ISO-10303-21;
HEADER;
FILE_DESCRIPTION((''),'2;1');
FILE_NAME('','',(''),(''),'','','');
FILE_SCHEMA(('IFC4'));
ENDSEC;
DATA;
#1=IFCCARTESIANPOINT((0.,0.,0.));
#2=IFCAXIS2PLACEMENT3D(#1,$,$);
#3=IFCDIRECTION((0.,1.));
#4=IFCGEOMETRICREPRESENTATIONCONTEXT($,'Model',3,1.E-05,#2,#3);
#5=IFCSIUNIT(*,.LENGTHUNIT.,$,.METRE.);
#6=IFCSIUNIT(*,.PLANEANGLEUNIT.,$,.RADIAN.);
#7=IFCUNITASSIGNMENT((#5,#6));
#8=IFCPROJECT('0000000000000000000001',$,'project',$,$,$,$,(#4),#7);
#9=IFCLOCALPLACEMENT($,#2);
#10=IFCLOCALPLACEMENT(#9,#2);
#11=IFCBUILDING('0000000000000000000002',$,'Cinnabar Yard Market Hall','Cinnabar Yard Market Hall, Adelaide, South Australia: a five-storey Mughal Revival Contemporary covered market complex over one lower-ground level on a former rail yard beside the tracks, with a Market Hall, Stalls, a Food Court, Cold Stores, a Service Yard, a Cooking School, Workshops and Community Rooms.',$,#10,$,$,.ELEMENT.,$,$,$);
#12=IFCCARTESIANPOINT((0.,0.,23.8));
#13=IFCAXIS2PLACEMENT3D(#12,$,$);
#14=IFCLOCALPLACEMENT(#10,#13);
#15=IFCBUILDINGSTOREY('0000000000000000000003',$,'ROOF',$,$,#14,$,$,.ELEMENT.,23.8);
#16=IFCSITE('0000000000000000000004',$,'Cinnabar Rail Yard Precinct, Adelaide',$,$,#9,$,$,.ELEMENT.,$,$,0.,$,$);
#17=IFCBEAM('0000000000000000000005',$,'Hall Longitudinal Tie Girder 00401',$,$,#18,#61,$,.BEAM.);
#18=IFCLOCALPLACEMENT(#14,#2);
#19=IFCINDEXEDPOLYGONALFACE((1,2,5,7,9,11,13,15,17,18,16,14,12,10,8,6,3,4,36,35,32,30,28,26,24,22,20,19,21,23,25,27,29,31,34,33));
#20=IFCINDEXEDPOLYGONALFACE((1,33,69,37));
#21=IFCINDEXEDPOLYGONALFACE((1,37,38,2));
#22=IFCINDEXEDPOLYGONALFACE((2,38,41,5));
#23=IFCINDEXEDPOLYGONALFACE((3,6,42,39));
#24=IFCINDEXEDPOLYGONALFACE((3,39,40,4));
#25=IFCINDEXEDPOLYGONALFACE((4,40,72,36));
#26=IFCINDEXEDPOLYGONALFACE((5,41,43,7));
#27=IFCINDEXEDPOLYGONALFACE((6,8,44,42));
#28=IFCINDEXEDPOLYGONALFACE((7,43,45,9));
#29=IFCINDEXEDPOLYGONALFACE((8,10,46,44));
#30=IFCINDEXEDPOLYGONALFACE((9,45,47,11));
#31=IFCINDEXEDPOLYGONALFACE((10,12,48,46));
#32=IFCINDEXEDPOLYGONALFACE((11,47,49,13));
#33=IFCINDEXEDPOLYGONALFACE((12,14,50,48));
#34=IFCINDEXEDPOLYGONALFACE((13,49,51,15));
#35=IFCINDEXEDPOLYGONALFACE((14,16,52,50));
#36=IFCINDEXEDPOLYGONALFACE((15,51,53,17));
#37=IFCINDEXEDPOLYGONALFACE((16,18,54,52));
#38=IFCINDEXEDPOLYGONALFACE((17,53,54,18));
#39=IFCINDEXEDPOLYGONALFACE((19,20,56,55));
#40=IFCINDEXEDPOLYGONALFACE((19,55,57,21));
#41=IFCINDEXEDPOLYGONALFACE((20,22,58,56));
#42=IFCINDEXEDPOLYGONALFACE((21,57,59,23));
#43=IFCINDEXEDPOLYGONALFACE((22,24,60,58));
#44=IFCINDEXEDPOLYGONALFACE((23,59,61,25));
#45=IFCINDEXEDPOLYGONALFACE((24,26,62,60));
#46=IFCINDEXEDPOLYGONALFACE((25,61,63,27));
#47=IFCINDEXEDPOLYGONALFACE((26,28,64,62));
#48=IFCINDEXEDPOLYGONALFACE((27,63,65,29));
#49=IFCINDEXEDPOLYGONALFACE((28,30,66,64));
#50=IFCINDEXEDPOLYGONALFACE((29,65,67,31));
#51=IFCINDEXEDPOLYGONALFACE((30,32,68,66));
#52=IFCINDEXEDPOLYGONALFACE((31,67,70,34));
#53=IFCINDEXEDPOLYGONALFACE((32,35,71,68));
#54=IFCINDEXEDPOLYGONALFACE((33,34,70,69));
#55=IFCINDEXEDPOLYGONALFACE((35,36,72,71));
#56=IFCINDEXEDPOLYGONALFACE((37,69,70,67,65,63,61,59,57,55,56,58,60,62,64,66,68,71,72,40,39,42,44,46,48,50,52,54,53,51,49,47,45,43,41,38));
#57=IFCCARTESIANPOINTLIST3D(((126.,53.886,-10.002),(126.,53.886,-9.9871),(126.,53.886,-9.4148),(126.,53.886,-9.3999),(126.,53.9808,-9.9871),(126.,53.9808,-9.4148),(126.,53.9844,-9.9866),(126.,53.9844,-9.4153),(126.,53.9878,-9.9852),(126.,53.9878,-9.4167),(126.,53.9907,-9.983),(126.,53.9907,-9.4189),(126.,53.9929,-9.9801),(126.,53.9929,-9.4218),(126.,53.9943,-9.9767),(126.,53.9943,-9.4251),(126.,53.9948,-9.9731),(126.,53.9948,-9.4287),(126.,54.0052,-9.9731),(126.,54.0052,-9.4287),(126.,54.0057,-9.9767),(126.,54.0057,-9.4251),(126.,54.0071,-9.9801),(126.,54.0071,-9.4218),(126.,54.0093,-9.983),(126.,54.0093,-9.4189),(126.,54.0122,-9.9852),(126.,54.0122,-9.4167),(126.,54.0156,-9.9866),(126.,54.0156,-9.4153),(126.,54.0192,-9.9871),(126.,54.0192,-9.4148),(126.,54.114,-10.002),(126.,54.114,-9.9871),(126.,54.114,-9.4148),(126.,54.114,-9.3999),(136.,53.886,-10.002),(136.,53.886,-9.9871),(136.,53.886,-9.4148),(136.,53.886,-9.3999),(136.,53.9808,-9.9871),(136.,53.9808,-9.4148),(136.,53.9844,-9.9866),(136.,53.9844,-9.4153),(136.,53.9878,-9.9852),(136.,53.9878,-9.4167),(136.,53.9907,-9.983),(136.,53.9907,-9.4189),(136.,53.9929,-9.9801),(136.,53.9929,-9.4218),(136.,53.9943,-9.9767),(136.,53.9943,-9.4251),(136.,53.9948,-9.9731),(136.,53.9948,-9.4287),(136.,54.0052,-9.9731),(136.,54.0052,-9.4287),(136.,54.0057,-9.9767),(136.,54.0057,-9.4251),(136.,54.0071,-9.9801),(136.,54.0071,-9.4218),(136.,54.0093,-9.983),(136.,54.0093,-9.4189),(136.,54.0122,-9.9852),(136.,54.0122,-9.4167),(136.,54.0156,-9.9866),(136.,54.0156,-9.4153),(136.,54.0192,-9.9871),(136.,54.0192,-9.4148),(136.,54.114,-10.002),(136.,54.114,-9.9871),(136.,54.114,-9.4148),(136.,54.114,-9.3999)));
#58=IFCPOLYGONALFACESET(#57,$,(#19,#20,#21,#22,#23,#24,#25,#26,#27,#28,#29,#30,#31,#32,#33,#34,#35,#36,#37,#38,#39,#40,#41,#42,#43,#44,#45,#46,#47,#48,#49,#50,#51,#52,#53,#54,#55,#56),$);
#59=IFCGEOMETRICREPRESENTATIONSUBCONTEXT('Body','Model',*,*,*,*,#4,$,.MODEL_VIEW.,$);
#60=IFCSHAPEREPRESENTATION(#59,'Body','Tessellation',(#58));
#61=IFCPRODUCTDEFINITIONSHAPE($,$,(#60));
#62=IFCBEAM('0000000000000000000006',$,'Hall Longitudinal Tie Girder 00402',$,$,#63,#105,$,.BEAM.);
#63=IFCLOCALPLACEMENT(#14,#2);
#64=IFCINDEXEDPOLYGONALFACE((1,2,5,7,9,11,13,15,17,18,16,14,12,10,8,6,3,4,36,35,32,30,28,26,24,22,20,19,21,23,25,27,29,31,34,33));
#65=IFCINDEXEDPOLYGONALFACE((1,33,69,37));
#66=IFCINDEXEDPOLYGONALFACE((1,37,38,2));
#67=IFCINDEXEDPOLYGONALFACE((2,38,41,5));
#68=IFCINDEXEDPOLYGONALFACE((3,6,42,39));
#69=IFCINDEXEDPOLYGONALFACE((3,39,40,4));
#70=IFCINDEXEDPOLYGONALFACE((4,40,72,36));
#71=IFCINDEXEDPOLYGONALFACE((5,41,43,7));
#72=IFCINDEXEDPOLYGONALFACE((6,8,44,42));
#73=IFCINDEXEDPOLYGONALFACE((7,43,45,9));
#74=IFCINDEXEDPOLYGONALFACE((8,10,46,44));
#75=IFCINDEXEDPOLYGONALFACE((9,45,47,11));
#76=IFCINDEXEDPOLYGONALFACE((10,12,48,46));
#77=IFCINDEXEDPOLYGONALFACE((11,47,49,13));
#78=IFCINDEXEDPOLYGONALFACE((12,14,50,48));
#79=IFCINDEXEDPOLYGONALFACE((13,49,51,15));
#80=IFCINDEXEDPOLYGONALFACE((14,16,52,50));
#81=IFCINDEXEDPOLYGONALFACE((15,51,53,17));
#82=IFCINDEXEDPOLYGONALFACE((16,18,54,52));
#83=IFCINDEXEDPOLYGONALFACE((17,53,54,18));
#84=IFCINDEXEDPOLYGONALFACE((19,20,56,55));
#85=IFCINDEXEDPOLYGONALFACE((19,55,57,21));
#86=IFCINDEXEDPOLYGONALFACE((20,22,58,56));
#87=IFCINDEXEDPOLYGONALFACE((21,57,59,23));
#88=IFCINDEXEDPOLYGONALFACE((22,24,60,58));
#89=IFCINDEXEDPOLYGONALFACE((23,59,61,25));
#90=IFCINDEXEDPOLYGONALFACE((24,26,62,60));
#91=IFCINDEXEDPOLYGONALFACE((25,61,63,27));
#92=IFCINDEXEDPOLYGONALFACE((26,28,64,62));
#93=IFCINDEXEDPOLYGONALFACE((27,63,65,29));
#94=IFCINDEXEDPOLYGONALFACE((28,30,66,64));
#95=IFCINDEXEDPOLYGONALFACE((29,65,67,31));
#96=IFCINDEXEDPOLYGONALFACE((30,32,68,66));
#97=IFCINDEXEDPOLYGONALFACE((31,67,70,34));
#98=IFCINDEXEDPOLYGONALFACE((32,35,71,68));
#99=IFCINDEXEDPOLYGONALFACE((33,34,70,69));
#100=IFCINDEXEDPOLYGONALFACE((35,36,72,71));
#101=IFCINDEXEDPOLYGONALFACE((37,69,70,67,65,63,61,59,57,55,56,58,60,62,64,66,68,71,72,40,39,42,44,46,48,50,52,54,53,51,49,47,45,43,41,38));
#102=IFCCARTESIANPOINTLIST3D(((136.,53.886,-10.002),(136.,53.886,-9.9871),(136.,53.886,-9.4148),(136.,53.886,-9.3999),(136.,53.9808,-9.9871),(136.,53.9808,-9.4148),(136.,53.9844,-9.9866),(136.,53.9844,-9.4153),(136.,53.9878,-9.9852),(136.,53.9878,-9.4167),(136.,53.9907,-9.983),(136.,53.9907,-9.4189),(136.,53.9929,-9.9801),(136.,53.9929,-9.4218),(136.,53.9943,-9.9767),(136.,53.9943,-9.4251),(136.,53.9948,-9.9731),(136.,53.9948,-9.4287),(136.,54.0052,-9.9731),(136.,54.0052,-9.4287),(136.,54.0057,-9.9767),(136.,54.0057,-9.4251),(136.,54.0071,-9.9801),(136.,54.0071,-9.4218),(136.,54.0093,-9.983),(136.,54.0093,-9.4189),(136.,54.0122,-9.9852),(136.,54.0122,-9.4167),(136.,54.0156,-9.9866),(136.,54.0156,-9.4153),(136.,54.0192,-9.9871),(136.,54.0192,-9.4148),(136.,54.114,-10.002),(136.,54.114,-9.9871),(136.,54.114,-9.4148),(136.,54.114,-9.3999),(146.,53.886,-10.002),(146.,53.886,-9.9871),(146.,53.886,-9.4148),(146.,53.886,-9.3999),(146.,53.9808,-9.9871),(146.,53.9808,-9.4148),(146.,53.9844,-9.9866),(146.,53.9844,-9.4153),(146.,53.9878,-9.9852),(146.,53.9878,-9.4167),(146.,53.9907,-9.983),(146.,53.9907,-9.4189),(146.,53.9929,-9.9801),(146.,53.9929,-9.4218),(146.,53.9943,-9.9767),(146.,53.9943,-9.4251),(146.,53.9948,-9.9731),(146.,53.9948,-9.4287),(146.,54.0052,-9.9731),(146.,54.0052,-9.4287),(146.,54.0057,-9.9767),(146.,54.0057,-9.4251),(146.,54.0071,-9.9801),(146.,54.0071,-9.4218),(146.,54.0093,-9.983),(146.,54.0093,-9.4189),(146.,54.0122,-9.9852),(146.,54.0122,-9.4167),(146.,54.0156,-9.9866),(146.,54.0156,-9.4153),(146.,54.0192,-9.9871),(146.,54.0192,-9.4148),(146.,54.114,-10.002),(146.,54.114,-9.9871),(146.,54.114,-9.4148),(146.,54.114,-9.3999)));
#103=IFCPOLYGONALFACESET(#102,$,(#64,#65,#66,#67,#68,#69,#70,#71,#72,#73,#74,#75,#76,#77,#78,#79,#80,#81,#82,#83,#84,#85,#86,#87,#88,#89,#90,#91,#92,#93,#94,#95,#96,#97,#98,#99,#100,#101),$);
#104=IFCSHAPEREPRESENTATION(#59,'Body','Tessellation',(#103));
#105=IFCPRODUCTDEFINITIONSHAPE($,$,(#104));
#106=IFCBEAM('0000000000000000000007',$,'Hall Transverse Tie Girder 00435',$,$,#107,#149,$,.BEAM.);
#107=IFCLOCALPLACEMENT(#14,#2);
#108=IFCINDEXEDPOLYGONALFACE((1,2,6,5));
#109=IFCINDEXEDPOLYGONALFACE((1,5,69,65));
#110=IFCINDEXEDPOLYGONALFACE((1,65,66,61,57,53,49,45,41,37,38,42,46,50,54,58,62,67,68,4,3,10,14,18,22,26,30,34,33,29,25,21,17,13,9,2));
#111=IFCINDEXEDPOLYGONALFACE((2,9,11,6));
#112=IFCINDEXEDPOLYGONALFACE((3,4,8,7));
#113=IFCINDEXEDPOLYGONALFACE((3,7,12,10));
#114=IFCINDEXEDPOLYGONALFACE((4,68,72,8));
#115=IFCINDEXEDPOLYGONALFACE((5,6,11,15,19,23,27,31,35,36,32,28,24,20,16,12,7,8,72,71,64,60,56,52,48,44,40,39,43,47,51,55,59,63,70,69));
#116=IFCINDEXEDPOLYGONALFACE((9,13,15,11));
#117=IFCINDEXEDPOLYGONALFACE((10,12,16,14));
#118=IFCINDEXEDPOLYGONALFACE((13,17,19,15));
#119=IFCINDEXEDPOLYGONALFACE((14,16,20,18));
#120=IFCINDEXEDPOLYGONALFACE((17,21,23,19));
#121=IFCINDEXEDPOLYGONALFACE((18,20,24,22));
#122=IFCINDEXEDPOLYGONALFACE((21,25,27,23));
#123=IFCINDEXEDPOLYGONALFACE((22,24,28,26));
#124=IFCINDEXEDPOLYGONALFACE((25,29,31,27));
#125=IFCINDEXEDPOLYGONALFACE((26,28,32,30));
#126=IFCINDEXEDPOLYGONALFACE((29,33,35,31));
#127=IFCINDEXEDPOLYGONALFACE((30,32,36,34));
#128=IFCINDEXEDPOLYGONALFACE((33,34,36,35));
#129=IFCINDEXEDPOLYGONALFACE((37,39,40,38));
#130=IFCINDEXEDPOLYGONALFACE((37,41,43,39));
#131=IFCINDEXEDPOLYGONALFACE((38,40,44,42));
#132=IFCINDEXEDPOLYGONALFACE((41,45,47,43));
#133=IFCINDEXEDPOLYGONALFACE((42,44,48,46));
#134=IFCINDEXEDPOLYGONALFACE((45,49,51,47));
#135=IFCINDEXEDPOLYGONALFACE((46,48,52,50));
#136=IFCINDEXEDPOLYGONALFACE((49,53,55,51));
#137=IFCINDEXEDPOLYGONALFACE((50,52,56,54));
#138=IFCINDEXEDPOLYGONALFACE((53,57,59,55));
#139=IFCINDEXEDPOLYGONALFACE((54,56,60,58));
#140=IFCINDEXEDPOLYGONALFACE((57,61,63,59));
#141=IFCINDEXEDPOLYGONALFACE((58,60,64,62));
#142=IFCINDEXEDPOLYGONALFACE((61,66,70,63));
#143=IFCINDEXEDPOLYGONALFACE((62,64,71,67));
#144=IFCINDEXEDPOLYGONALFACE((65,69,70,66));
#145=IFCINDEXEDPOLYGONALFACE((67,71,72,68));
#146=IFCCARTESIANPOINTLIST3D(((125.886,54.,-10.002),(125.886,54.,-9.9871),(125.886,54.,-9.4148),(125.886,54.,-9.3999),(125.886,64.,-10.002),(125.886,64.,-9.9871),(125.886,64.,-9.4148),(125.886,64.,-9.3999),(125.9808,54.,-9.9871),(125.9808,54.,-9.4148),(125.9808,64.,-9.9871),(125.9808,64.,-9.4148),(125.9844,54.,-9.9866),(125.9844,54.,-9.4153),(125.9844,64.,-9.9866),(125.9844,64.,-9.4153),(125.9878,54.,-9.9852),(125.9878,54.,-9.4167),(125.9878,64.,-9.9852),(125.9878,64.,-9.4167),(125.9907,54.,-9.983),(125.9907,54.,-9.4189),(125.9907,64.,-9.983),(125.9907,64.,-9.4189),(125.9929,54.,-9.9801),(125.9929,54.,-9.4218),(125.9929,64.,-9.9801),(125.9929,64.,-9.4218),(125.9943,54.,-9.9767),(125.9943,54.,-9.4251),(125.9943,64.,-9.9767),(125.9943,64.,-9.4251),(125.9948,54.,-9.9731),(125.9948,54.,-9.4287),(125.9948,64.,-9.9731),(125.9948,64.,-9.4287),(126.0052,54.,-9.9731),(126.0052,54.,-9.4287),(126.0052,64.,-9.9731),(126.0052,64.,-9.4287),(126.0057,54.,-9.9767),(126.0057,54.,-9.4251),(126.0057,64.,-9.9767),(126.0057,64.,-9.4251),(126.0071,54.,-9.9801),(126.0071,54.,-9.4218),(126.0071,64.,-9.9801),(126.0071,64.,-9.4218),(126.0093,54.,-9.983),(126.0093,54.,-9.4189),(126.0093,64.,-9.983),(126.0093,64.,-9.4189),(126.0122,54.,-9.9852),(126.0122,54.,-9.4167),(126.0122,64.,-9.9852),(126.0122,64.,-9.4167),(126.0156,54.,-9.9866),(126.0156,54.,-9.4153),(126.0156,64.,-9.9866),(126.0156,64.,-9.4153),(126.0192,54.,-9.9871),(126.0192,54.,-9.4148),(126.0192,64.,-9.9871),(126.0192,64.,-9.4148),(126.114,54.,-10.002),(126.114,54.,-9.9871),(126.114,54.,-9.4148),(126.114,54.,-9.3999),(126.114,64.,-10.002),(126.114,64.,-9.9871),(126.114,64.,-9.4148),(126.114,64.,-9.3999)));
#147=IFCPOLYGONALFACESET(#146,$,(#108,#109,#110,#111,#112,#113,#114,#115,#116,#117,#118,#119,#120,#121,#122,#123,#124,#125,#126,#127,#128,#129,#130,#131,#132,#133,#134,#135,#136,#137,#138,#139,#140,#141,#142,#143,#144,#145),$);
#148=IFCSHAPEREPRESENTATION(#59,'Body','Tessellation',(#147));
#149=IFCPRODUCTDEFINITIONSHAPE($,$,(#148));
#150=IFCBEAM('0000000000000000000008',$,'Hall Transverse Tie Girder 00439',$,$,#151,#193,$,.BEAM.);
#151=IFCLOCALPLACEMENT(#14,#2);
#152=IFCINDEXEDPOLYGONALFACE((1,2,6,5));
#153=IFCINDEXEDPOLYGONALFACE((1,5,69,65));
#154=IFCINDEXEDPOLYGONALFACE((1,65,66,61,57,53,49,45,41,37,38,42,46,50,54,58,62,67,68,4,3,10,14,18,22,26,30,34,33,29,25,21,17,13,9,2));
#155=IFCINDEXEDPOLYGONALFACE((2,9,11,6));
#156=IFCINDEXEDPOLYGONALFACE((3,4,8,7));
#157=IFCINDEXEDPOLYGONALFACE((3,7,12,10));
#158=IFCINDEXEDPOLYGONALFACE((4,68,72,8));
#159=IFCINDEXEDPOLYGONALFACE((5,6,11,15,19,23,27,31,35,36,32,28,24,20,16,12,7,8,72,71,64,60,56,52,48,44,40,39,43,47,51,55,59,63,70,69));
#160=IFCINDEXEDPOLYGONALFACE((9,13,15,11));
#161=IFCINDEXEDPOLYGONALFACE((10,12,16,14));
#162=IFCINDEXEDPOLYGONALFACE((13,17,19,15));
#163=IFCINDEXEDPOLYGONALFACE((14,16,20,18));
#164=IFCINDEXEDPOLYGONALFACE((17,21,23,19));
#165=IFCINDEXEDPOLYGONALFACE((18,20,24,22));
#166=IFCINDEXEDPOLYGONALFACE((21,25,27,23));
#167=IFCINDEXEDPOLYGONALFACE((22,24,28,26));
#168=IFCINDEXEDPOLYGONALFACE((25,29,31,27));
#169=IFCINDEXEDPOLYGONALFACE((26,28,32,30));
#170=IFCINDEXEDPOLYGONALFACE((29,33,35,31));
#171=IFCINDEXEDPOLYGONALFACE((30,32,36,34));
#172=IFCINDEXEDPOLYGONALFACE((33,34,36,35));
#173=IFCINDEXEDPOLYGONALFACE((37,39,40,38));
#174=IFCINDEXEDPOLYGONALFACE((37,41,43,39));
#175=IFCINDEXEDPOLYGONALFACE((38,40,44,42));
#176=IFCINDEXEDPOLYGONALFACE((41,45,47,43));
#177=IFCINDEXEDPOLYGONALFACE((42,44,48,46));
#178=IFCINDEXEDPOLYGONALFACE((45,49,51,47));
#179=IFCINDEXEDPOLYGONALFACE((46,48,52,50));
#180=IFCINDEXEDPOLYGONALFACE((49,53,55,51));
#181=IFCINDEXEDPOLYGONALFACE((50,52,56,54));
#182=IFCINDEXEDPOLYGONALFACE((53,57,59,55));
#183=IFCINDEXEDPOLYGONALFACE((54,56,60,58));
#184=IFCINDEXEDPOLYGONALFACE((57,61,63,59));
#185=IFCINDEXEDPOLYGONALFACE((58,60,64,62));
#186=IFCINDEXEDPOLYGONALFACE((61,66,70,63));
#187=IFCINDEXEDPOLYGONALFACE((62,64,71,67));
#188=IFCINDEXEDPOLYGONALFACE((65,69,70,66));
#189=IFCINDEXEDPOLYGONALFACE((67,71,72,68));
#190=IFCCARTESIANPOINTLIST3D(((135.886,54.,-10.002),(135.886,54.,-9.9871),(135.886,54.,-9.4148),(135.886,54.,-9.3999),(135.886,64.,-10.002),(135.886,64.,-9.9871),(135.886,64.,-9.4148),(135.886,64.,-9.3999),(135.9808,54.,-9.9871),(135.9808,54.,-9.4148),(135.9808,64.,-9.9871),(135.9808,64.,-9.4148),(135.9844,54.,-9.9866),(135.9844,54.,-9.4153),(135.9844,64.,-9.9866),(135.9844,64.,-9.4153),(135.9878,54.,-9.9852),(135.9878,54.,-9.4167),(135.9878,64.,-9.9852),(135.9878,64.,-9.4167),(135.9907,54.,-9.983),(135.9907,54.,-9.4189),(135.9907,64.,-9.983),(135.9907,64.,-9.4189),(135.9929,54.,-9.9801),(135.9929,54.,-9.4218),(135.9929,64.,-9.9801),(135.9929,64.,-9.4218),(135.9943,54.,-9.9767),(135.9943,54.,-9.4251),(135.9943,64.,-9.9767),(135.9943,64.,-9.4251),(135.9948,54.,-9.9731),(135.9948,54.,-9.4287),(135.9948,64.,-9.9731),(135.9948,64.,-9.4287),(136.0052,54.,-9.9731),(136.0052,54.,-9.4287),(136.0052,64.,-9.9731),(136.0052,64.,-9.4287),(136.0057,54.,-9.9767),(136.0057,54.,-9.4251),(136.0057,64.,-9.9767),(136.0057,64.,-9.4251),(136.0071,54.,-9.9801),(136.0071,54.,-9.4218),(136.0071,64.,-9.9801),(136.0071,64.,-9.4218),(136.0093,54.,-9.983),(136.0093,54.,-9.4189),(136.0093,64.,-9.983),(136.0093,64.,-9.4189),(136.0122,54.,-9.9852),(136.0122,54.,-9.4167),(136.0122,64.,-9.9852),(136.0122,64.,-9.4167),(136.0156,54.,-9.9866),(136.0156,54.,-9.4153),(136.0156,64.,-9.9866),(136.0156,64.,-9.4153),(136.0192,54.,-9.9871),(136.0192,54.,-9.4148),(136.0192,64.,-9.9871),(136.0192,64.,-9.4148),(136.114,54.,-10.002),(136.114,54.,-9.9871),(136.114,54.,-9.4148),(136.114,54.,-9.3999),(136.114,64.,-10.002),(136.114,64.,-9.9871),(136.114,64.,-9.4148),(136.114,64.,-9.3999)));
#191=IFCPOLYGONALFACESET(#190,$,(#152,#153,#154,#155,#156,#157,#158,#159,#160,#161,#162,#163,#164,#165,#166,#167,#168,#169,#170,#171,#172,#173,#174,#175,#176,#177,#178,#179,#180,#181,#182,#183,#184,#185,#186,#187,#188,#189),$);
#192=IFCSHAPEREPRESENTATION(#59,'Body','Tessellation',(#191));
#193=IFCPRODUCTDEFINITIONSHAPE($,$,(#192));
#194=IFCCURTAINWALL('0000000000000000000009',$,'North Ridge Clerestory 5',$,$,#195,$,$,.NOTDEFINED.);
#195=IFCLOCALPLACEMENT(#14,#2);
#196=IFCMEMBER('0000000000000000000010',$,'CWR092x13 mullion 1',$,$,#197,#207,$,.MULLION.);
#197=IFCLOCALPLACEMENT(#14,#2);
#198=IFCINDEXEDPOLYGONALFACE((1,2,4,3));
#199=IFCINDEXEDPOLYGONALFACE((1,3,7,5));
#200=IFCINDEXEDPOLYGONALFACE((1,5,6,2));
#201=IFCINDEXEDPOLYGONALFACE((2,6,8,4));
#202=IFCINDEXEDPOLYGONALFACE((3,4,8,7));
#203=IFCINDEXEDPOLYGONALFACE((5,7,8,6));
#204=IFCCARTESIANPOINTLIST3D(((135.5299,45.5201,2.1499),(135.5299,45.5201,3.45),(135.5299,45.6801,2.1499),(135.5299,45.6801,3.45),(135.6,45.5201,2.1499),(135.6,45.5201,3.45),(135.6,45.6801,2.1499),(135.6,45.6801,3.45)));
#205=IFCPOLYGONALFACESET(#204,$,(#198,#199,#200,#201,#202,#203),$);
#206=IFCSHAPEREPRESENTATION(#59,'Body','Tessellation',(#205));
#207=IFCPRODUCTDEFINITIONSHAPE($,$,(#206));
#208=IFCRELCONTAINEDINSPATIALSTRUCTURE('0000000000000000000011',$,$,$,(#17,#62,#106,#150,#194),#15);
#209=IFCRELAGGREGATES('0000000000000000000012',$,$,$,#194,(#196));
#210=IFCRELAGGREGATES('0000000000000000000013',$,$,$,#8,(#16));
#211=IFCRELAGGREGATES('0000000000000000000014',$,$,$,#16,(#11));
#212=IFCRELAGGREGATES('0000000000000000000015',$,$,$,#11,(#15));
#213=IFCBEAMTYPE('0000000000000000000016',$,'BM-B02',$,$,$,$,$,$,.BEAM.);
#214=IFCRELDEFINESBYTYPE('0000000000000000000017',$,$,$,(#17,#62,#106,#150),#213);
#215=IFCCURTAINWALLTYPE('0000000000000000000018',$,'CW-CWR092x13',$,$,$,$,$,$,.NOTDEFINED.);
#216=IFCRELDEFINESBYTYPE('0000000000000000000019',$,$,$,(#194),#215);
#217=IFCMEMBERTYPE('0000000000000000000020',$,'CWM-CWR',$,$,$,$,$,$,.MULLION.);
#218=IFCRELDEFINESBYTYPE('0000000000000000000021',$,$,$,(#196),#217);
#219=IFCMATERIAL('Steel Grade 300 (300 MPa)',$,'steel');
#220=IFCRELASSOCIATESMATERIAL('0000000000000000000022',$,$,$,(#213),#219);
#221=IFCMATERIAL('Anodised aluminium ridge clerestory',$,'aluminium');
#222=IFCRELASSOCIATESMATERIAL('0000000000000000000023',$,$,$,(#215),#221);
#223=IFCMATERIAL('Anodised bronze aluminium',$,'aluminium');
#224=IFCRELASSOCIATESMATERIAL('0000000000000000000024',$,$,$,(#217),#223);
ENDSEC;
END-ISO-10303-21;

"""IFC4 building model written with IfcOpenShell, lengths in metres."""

from ifc_helpers import new_model, si_unit, direction, frame, origin, origin_2d_with_axis, place, context, subcontext, project, spatial, rectangle, i_section, extrude, material, material_profile, profile_set, type_object, element, aggregate, save


model = new_model("IFC4")

# Units and contexts
model_context = context("Model", 3, precision=1e-05, world=origin(), true_north=direction((0.0, 1.0)))
body_context = subcontext(model_context, "Body", "Model", "MODEL_VIEW")
ifc_project = project(units=[si_unit("LENGTHUNIT", "METRE"), si_unit("PLANEANGLEUNIT", "RADIAN")], contexts=[model_context])

# Site, building, storey
site_placement = place(None, origin())
site = spatial("IfcSite", under=ifc_project, at=site_placement, Name="Cinnabar Rail Yard Precinct, Adelaide", CompositionType="ELEMENT", RefElevation=0.0)
building_placement = place(site_placement, origin())
building = spatial("IfcBuilding", under=site, at=building_placement, Name="Cinnabar Yard Market Hall", Description="Cinnabar Yard Market Hall, Adelaide, South Australia: a five-storey Mughal Revival Contemporary covered market complex over one lower-ground level on a former rail yard beside the tracks, with a Market Hall, Stalls, a Food Court, Cold Stores, a Service Yard, a Cooking School, Workshops and Community Rooms.", CompositionType="ELEMENT")
storey_placement = place(building_placement, frame((0.0, 0.0, 23.8)))
storey = spatial("IfcBuildingStorey", under=building, at=storey_placement, Name="ROOF", CompositionType="ELEMENT", Elevation=23.8)

# Beams
ifc_material_1 = material(Name="Steel Grade 300 (300 MPa)", Category="steel")
ifc_material_profile_1 = material_profile(ifc_material_1, i_section(OverallWidth=0.228, OverallDepth=0.6021, WebThickness=0.0105, FlangeThickness=0.0149, FilletRadius=0.0139, at=origin_2d_with_axis()), Name="610UB101")
ifc_profile_set_1 = profile_set([ifc_material_profile_1], Name="Steel Grade 300 (300 MPa)")
beam_type = type_object("IfcBeamType", Name="BM-B02", PredefinedType="BEAM", material=ifc_profile_set_1)
for number, where, z_axis, x_axis, name in (
    (1, (126.0, 54.0, -9.7009), (1.0, 0.0, 0.0), (0.0, 1.0, 0.0), "Hall Longitudinal Tie Girder 00401"),
    (2, (136.0, 54.0, -9.7009), (1.0, 0.0, 0.0), (0.0, 1.0, 0.0), "Hall Longitudinal Tie Girder 00402"),
    (3, (126.0, 54.0, -9.7009), (0.0, 1.0, 0.0), (-1.0, 0.0, 0.0), "Hall Transverse Tie Girder 00435"),
    (4, (136.0, 54.0, -9.7009), (0.0, 1.0, 0.0), (-1.0, 0.0, 0.0), "Hall Transverse Tie Girder 00439"),
):
    element("IfcBeam", number, at=place(storey_placement, frame(where, z_axis=z_axis, x_axis=x_axis)), inside=storey, type_object=beam_type, Name=name, PredefinedType="BEAM", context=body_context, shape_type="SweptSolid", body=[
        extrude(i_section(OverallWidth=0.228, OverallDepth=0.6021, WebThickness=0.0105, FlangeThickness=0.0149, FilletRadius=0.0139, at=origin_2d_with_axis()), origin(), (0.0, 0.0, 1.0), 10.0),
    ])

# Curtain wall, member
ifc_material_2 = material(Name="Anodised aluminium ridge clerestory", Category="aluminium")
curtain_wall_type = type_object("IfcCurtainWallType", Name="CW-CWR092x13", PredefinedType="NOTDEFINED", material=ifc_material_2)
curtain_wall_placement = place(storey_placement, origin())
curtain_wall = element("IfcCurtainWall", 5, at=curtain_wall_placement, inside=storey, type_object=curtain_wall_type, Name="North Ridge Clerestory 5", PredefinedType="NOTDEFINED")
ifc_material_3 = material(Name="Anodised bronze aluminium", Category="aluminium")
ifc_material_profile_2 = material_profile(ifc_material_3, rectangle(XDim=0.1599, YDim=0.0701, at=origin_2d_with_axis()), Name="MUL-CWR")
ifc_profile_set_2 = profile_set([ifc_material_profile_2], Name="Anodised bronze aluminium")
member_type_1 = type_object("IfcMemberType", Name="CWM-CWR", PredefinedType="MULLION", material=ifc_profile_set_2)
member_1_placement = place(storey_placement, frame((135.5649, 45.6001, 2.1499), z_axis=(0.0, 0.0, 1.0), x_axis=(0.0, -1.0, 0.0)))
member_1 = element("IfcMember", 6, at=member_1_placement, type_object=member_type_1, Name="CWR092x13 mullion 1", PredefinedType="MULLION", context=body_context, shape_type="SweptSolid", body=[
    extrude(rectangle(XDim=0.1599, YDim=0.0701, at=origin_2d_with_axis()), origin(), (0.0, 0.0, 1.0), 1.3),
])

aggregate(curtain_wall, [member_1])

save(model, "model.ifc")
